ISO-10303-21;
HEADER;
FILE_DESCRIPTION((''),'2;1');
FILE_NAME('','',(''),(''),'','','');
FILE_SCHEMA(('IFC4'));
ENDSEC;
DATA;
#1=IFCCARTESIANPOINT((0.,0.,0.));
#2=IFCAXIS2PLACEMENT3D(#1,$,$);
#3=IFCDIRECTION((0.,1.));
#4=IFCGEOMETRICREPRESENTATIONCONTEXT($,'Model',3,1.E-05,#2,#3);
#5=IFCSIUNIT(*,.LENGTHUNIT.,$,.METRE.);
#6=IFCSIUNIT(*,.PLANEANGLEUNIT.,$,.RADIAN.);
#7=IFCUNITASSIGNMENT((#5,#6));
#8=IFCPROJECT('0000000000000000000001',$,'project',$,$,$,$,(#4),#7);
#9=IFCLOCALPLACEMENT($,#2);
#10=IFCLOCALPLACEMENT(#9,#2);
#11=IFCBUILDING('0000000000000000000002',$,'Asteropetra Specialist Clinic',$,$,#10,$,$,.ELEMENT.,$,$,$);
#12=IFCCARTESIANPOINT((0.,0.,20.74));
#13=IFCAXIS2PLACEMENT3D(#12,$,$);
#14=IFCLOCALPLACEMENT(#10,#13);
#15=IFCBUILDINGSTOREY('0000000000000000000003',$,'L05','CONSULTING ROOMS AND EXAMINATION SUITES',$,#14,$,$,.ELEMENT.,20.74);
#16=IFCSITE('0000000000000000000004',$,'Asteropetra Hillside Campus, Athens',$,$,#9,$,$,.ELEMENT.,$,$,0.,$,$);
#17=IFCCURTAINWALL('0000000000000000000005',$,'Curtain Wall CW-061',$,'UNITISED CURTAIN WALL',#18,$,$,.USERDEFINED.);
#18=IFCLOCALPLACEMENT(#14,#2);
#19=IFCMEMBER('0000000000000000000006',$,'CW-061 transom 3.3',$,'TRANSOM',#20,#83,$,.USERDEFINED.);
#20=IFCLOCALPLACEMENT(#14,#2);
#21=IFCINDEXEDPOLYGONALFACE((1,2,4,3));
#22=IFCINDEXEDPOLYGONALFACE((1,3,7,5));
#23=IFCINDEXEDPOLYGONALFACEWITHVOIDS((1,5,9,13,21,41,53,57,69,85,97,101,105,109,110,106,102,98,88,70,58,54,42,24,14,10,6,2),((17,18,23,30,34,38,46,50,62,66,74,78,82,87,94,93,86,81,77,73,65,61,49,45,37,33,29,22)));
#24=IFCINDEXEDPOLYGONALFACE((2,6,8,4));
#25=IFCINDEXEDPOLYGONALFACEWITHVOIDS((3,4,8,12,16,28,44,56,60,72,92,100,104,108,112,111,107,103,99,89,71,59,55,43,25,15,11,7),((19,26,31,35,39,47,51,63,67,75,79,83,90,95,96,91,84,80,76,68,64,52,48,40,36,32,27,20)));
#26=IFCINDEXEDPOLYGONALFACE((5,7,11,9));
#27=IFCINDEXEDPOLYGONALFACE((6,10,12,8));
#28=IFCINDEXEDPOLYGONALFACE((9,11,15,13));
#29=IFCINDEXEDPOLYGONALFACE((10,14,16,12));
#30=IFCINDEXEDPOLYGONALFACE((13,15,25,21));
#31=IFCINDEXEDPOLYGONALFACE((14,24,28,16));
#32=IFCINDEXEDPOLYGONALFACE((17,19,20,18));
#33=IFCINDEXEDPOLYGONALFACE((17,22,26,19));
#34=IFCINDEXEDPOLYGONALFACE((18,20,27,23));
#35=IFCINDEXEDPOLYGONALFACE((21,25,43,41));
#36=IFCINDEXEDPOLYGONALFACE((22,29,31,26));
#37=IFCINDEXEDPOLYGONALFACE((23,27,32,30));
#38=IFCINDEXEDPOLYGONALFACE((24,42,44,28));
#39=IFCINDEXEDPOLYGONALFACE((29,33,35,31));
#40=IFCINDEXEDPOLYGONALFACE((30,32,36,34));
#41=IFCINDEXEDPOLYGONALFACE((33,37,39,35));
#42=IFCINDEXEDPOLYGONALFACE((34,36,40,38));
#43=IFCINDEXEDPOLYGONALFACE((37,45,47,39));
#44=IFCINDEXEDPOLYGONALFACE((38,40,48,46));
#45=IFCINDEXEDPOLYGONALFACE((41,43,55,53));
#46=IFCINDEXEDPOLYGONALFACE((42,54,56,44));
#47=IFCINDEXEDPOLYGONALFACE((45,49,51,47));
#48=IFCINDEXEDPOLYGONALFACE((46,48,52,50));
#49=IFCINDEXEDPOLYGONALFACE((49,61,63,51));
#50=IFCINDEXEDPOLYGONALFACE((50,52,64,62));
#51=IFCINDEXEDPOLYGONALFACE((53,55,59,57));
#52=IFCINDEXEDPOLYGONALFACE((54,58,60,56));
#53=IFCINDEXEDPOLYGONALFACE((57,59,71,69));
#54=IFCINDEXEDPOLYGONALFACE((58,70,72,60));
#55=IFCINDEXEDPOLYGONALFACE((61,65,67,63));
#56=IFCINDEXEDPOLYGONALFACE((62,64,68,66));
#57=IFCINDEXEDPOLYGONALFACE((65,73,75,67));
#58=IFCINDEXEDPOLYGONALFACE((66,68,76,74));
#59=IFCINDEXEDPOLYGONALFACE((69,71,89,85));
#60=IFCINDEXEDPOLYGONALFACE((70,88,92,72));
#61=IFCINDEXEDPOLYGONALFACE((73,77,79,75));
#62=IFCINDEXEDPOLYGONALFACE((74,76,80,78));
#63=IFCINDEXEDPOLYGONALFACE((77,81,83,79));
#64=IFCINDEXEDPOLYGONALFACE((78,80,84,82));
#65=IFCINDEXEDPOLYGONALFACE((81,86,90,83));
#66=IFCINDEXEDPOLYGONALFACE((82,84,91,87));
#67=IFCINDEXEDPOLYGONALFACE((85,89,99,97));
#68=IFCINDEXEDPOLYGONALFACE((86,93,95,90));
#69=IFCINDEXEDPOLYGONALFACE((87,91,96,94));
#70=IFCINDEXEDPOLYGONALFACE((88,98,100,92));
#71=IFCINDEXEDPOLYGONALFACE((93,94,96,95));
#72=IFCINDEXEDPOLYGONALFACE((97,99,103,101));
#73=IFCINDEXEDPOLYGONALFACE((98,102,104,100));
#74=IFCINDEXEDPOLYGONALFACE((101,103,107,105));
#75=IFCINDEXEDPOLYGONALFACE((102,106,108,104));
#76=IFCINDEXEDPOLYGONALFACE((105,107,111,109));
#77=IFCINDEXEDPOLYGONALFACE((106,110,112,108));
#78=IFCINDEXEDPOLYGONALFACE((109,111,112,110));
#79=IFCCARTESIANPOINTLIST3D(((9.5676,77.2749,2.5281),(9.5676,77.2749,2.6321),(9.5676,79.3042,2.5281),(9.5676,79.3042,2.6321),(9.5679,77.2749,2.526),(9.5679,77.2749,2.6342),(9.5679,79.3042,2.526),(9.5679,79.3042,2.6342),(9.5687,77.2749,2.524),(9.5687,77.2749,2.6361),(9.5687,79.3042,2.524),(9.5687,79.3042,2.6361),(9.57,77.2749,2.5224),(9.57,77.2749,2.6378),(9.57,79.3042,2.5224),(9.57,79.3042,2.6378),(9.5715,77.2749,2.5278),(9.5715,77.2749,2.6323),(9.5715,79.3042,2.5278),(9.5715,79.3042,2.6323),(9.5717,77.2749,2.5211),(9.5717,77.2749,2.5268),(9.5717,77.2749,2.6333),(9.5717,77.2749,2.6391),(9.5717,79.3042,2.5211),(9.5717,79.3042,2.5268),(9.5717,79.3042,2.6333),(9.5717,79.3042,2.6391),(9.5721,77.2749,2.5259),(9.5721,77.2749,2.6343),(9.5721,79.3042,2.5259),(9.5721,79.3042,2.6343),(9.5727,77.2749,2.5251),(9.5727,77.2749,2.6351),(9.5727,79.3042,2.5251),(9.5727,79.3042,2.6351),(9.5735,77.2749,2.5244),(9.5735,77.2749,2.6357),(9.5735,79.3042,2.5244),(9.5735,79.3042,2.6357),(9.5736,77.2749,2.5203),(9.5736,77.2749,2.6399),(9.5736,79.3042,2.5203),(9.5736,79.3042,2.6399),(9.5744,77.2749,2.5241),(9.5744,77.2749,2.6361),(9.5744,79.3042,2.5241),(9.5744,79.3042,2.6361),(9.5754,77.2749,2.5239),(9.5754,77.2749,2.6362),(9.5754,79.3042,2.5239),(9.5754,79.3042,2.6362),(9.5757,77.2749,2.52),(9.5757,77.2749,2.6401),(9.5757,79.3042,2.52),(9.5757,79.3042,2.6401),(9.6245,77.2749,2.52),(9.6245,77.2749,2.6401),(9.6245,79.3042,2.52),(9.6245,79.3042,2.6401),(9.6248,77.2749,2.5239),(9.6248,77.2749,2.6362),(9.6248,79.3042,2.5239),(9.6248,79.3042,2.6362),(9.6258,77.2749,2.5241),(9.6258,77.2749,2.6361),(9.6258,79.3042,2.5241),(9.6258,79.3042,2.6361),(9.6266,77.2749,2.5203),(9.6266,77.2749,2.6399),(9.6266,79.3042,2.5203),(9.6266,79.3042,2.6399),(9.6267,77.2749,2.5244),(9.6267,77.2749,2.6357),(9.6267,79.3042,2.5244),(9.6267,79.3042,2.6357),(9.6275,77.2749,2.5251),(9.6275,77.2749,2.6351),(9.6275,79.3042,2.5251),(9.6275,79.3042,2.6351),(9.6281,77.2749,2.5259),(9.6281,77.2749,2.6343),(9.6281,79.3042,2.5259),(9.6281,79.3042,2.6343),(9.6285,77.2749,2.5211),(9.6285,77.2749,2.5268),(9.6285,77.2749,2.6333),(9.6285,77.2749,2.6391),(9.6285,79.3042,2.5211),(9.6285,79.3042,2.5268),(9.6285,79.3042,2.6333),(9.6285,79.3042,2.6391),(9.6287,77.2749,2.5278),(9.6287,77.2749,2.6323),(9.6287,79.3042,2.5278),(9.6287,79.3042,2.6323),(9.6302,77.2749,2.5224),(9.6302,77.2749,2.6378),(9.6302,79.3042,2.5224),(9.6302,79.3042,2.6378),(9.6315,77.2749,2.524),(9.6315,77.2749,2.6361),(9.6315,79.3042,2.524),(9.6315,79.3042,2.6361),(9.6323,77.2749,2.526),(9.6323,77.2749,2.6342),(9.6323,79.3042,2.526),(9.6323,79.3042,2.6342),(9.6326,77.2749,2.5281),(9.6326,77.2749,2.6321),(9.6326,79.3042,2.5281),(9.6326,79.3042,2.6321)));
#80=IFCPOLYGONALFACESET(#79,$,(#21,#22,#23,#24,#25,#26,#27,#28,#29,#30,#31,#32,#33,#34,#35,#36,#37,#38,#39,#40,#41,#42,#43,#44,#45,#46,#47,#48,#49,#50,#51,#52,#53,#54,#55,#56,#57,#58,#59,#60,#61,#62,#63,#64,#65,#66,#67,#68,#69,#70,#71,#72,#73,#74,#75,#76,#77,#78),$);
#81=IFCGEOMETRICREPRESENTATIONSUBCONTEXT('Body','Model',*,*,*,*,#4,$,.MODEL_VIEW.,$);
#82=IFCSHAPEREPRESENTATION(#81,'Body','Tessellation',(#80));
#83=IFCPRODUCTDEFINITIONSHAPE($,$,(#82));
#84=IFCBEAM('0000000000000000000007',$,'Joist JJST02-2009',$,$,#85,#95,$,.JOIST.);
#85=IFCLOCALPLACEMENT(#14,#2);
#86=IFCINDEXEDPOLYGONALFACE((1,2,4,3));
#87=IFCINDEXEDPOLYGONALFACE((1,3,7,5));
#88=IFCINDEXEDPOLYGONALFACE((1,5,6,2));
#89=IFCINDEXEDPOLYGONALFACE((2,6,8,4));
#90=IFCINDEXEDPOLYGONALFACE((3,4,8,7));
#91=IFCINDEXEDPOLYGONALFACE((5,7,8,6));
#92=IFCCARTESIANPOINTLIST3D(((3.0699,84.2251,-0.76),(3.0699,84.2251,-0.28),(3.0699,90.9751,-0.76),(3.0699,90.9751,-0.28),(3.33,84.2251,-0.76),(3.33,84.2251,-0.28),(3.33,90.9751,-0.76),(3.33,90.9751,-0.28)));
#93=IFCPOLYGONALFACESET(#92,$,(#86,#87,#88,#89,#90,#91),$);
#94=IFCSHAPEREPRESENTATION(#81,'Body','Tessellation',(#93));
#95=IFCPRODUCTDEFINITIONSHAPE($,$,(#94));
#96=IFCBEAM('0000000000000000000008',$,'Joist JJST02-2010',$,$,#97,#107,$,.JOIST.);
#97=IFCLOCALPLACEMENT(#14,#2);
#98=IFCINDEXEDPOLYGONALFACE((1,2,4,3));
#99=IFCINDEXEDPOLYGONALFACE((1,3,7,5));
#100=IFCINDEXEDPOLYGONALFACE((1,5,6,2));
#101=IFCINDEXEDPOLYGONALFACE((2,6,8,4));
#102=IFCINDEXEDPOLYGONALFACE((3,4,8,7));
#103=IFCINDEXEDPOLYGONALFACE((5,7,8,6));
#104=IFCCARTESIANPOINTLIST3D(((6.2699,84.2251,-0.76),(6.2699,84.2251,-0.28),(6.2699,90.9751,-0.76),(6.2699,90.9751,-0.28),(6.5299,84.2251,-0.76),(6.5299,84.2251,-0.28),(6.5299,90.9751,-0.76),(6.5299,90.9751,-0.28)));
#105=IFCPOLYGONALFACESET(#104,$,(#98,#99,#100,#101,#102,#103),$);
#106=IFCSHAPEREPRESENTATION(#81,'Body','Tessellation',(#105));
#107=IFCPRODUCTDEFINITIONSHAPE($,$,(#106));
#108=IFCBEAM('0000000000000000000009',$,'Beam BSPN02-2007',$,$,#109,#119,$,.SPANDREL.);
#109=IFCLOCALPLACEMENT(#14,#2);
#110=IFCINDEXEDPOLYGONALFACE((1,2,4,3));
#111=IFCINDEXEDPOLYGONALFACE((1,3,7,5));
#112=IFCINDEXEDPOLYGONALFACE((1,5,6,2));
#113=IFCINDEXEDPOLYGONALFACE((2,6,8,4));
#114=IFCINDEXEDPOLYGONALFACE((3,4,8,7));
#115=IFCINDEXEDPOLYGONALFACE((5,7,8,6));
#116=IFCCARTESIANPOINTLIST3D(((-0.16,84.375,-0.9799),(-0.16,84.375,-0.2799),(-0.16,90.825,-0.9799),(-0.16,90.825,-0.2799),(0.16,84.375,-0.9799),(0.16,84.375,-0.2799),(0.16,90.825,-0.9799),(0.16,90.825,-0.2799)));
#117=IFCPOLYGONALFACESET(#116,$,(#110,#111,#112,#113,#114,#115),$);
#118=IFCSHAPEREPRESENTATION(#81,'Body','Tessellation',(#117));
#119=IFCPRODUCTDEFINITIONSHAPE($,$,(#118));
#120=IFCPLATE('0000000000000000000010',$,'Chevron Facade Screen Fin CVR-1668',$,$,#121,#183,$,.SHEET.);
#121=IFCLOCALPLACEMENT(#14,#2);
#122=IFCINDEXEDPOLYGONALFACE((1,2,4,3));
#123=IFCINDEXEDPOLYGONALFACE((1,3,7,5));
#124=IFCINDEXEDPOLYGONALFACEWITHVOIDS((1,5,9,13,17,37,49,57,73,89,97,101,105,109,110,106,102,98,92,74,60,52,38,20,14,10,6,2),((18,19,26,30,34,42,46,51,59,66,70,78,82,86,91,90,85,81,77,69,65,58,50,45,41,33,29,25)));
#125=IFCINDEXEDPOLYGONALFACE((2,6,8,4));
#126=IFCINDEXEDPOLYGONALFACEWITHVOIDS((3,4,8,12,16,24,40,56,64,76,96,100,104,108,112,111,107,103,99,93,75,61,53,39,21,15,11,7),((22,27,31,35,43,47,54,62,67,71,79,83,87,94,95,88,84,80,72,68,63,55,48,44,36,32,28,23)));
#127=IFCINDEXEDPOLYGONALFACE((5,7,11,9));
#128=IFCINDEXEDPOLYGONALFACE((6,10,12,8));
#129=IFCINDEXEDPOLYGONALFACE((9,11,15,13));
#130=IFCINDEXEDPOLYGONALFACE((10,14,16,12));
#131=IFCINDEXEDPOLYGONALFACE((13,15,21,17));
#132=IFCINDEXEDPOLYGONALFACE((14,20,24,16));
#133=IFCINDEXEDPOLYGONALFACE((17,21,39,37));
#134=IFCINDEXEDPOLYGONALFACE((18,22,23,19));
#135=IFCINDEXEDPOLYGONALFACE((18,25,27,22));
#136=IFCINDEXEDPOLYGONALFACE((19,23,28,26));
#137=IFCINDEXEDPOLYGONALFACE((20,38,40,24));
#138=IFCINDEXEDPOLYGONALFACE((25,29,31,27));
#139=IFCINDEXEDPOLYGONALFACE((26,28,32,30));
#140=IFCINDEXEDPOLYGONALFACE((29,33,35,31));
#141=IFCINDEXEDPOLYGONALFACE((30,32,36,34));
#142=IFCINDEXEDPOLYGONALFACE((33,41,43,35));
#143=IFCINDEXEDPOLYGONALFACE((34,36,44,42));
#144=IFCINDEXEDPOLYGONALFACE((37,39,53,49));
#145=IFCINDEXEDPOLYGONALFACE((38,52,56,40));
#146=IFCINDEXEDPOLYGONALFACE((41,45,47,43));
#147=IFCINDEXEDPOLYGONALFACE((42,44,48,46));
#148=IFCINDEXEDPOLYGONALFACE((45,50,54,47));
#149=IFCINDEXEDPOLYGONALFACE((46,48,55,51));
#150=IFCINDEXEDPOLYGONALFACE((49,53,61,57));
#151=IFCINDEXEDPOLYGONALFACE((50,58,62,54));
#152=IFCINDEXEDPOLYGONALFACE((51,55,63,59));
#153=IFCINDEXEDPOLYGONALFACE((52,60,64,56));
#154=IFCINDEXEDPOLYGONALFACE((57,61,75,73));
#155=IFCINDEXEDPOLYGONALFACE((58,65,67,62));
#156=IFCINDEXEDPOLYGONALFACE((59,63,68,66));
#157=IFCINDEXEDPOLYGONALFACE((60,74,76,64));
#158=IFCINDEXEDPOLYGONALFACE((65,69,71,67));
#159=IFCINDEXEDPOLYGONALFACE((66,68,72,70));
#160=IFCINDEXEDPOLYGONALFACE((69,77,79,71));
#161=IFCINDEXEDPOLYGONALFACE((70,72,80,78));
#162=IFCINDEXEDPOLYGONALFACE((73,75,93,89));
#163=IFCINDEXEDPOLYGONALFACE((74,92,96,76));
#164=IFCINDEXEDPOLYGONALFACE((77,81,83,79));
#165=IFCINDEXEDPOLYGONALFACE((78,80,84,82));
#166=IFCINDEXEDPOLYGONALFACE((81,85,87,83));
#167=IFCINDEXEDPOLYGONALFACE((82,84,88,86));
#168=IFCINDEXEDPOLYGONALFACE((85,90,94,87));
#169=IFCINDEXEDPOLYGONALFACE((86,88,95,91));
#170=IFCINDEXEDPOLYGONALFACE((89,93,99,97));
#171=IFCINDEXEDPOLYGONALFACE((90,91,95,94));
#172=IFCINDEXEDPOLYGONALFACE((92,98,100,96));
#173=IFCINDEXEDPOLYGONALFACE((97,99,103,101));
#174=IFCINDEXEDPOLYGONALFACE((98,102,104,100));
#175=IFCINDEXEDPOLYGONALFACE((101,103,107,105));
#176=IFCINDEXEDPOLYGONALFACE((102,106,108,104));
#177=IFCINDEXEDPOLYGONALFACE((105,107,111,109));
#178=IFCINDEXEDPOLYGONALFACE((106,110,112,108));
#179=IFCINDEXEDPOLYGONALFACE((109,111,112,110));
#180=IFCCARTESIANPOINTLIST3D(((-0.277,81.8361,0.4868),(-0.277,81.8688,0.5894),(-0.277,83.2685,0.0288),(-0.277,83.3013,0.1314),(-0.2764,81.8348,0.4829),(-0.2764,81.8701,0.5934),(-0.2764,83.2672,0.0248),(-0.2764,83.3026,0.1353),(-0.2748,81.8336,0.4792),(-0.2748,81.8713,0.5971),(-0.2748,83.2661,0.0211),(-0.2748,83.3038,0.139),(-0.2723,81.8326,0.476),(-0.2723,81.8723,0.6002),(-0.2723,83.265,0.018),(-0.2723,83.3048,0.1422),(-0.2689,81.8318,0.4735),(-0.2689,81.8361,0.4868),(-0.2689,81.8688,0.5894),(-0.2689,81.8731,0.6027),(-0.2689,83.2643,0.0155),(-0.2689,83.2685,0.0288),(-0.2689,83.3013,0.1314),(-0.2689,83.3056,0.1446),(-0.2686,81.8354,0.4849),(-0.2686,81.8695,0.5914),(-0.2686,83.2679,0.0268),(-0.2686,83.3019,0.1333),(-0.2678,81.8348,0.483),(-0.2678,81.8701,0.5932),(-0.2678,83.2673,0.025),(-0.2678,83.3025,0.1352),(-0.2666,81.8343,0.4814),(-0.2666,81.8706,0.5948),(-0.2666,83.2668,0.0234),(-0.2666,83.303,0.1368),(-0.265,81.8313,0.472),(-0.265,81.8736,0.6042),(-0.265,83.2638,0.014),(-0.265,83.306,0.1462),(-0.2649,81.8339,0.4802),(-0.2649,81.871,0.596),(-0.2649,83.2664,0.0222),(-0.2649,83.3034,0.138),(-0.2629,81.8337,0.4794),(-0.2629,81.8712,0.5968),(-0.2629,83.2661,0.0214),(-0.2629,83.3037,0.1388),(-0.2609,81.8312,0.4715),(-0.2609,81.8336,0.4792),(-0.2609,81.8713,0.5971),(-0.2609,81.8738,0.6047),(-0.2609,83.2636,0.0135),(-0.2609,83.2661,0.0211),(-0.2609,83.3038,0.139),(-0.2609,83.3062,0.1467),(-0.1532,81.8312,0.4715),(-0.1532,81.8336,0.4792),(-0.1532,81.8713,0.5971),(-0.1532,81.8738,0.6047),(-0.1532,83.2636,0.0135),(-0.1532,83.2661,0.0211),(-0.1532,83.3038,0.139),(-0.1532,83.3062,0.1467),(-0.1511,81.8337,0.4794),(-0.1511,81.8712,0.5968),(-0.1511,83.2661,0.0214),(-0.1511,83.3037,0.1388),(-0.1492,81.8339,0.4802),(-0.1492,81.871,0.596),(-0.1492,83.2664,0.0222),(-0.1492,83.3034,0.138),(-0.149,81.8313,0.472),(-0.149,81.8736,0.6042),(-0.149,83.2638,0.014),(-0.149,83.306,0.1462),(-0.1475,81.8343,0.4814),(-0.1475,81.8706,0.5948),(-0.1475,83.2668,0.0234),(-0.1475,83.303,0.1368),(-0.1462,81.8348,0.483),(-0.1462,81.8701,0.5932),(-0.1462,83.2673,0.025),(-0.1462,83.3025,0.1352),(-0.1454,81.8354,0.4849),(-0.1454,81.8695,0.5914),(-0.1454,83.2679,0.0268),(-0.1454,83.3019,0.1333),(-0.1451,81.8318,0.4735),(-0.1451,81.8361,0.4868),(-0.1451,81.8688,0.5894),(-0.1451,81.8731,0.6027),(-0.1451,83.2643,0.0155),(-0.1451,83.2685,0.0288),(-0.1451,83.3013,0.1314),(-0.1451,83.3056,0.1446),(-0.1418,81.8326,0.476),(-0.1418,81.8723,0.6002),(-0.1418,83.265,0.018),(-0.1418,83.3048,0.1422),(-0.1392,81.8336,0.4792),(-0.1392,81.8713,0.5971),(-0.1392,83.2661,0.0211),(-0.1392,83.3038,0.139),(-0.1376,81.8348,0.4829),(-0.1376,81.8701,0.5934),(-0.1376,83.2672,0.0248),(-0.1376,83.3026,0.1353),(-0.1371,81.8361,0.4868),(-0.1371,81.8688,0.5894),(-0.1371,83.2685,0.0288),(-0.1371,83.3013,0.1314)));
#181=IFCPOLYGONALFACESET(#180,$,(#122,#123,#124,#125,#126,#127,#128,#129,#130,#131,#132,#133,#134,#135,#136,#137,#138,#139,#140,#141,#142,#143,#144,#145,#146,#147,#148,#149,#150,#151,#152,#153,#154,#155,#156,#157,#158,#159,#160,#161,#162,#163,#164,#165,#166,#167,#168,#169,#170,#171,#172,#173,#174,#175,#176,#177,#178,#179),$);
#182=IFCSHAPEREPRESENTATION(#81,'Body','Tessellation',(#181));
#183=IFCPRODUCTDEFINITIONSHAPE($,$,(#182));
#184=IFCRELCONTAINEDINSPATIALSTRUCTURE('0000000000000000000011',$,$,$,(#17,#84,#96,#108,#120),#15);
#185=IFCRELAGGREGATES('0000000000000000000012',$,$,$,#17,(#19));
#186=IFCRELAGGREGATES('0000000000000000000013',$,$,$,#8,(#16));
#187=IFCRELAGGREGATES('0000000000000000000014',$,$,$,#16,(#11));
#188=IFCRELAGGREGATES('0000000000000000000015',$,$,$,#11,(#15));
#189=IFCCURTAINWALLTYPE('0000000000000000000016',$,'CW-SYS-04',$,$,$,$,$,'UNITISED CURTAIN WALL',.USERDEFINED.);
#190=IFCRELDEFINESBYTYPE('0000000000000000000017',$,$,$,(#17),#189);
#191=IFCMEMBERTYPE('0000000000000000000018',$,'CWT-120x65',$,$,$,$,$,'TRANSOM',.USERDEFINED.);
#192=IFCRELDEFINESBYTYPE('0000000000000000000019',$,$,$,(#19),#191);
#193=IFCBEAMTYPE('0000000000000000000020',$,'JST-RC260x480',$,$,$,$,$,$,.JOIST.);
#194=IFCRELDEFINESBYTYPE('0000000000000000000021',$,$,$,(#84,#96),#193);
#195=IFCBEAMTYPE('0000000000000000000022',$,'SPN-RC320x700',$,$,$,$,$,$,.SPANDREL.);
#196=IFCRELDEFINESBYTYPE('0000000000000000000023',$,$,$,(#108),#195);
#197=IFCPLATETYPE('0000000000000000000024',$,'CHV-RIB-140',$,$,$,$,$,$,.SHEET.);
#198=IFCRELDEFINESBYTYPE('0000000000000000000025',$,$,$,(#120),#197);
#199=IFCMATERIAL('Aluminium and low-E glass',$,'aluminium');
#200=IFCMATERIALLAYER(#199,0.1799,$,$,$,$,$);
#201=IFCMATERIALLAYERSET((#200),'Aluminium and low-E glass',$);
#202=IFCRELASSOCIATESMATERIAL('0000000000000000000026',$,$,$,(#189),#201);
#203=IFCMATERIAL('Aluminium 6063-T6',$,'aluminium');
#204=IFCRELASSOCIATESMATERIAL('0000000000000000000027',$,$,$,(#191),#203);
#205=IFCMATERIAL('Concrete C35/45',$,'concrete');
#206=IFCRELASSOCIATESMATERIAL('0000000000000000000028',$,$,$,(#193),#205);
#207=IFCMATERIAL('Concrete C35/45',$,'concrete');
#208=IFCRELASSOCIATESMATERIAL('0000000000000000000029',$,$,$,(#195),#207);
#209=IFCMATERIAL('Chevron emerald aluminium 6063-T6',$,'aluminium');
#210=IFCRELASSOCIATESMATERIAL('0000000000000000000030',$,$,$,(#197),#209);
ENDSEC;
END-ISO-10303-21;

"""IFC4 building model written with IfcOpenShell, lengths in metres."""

from ifc_helpers import new_model, si_unit, direction, frame, origin, origin_2d, place, context, subcontext, project, spatial, rectangle, hollow_rectangle, extrude, material, layer, layer_set, material_profile, profile_set, type_object, element, aggregate, save


model = new_model("IFC4")

# Units and contexts
model_context = context("Model", 3, precision=1e-05, world=origin(), true_north=direction((0.0, 1.0)))
body_context = subcontext(model_context, "Body", "Model", "MODEL_VIEW")
ifc_project = project(units=[si_unit("LENGTHUNIT", "METRE"), si_unit("PLANEANGLEUNIT", "RADIAN")], contexts=[model_context])

# Site, building, storey
site_placement = place(None, origin())
site = spatial("IfcSite", under=ifc_project, at=site_placement, Name="Asteropetra Hillside Campus, Athens", CompositionType="ELEMENT", RefElevation=0.0)
building_placement = place(site_placement, origin())
building = spatial("IfcBuilding", under=site, at=building_placement, Name="Asteropetra Specialist Clinic", CompositionType="ELEMENT")
storey_placement = place(building_placement, frame((0.0, 0.0, 20.74)))
storey = spatial("IfcBuildingStorey", under=building, at=storey_placement, Name="L05", Description="CONSULTING ROOMS AND EXAMINATION SUITES", CompositionType="ELEMENT", Elevation=20.74)

# Curtain wall, member
ifc_material_1 = material(Name="Aluminium and low-E glass", Category="aluminium")
ifc_layer_1 = layer(ifc_material_1, 0.1799)
ifc_layer_set_1 = layer_set([ifc_layer_1], Name="Aluminium and low-E glass")
curtain_wall_type = type_object("IfcCurtainWallType", Name="CW-SYS-04", ElementType="UNITISED CURTAIN WALL", PredefinedType="USERDEFINED", material=ifc_layer_set_1)
curtain_wall_placement = place(storey_placement, origin())
curtain_wall = element("IfcCurtainWall", 1, at=curtain_wall_placement, inside=storey, type_object=curtain_wall_type, Name="Curtain Wall CW-061", ObjectType="UNITISED CURTAIN WALL", PredefinedType="USERDEFINED")
ifc_material_2 = material(Name="Aluminium 6063-T6", Category="aluminium")
ifc_material_profile_1 = material_profile(ifc_material_2, hollow_rectangle(XDim=0.0649, YDim=0.1201, WallThickness=0.0039, InnerFilletRadius=0.0039, OuterFilletRadius=0.0081, at=origin_2d()), Name="TRN 120x65x4.0")
ifc_profile_set_1 = profile_set([ifc_material_profile_1], Name="Aluminium 6063-T6")
member_type = type_object("IfcMemberType", Name="CWT-120x65", ElementType="TRANSOM", PredefinedType="USERDEFINED", material=ifc_profile_set_1)
member_1_placement = place(storey_placement, frame((9.6001, 79.3042, 2.5801), z_axis=(0.0, -1.0, 0.0), x_axis=(1.0, 0.0, 0.0)))
member_1 = element("IfcMember", 2, at=member_1_placement, type_object=member_type, Name="CW-061 transom 3.3", ObjectType="TRANSOM", PredefinedType="USERDEFINED", context=body_context, shape_type="SweptSolid", body=[
    extrude(hollow_rectangle(XDim=0.0649, YDim=0.1201, WallThickness=0.0039, InnerFilletRadius=0.0039, OuterFilletRadius=0.0081, at=origin_2d()), origin(), (0.0, 0.0, 1.0), 2.0293),
])

# Beams
ifc_material_3 = material(Name="Concrete C35/45", Category="concrete")
ifc_material_profile_2 = material_profile(ifc_material_3, rectangle(XDim=0.26, YDim=0.48, at=origin_2d()), Name="RCJ 260x480")
ifc_profile_set_2 = profile_set([ifc_material_profile_2], Name="Concrete C35/45")
beam_type_1 = type_object("IfcBeamType", Name="JST-RC260x480", PredefinedType="JOIST", material=ifc_profile_set_2)
for number, where, z_axis, x_axis, name in (
    (3, (3.2, 84.2251, -0.52), (0.0, 1.0, 0.0), (-1.0, 0.0, 0.0), "Joist JJST02-2009"),
    (4, (6.3999, 84.2251, -0.52), (0.0, 1.0, 0.0), (-1.0, 0.0, 0.0), "Joist JJST02-2010"),
):
    element("IfcBeam", number, at=place(storey_placement, frame(where, z_axis=z_axis, x_axis=x_axis)), inside=storey, type_object=beam_type_1, Name=name, PredefinedType="JOIST", context=body_context, shape_type="SweptSolid", body=[
        extrude(rectangle(XDim=0.26, YDim=0.48, at=origin_2d()), origin(), (0.0, 0.0, 1.0), 6.75),
    ])
ifc_material_4 = material(Name="Concrete C35/45", Category="concrete")
ifc_material_profile_3 = material_profile(ifc_material_4, rectangle(XDim=0.3201, YDim=0.7, at=origin_2d()), Name="RCS 320x700")
ifc_profile_set_3 = profile_set([ifc_material_profile_3], Name="Concrete C35/45")
beam_type_2 = type_object("IfcBeamType", Name="SPN-RC320x700", PredefinedType="SPANDREL", material=ifc_profile_set_3)
beam_1_placement = place(storey_placement, frame((0.0, 84.375, -0.6299), z_axis=(0.0, 1.0, 0.0), x_axis=(-1.0, 0.0, 0.0)))
element("IfcBeam", 5, at=beam_1_placement, inside=storey, type_object=beam_type_2, Name="Beam BSPN02-2007", PredefinedType="SPANDREL", context=body_context, shape_type="SweptSolid", body=[
    extrude(rectangle(XDim=0.3201, YDim=0.7, at=origin_2d()), origin(), (0.0, 0.0, 1.0), 6.45),
])

# Plate
ifc_material_5 = material(Name="Chevron emerald aluminium 6063-T6", Category="aluminium")
ifc_material_profile_4 = material_profile(ifc_material_5, hollow_rectangle(XDim=0.1399, YDim=0.1399, WallThickness=0.0081, InnerFilletRadius=0.0081, OuterFilletRadius=0.0161, at=origin_2d()), Name="SHS 140x140x8.0")
ifc_profile_set_4 = profile_set([ifc_material_profile_4], Name="Chevron emerald aluminium 6063-T6")
plate_type_1 = type_object("IfcPlateType", Name="CHV-RIB-140", PredefinedType="SHEET", material=ifc_profile_set_4)
plate_1_placement = place(storey_placement, frame((-0.207, 83.2849, 0.0801), z_axis=(0.0, -0.952492, 0.304564), x_axis=(1.0, 0.0, 0.0)))
element("IfcPlate", 6, at=plate_1_placement, inside=storey, type_object=plate_type_1, Name="Chevron Facade Screen Fin CVR-1668", PredefinedType="SHEET", context=body_context, shape_type="SweptSolid", body=[
    extrude(hollow_rectangle(XDim=0.1399, YDim=0.1399, WallThickness=0.0081, InnerFilletRadius=0.0081, OuterFilletRadius=0.0161, at=origin_2d()), origin(), (0.0, 0.0, 1.0), 1.5039),
])

aggregate(curtain_wall, [member_1])

save(model, "model.ifc")
